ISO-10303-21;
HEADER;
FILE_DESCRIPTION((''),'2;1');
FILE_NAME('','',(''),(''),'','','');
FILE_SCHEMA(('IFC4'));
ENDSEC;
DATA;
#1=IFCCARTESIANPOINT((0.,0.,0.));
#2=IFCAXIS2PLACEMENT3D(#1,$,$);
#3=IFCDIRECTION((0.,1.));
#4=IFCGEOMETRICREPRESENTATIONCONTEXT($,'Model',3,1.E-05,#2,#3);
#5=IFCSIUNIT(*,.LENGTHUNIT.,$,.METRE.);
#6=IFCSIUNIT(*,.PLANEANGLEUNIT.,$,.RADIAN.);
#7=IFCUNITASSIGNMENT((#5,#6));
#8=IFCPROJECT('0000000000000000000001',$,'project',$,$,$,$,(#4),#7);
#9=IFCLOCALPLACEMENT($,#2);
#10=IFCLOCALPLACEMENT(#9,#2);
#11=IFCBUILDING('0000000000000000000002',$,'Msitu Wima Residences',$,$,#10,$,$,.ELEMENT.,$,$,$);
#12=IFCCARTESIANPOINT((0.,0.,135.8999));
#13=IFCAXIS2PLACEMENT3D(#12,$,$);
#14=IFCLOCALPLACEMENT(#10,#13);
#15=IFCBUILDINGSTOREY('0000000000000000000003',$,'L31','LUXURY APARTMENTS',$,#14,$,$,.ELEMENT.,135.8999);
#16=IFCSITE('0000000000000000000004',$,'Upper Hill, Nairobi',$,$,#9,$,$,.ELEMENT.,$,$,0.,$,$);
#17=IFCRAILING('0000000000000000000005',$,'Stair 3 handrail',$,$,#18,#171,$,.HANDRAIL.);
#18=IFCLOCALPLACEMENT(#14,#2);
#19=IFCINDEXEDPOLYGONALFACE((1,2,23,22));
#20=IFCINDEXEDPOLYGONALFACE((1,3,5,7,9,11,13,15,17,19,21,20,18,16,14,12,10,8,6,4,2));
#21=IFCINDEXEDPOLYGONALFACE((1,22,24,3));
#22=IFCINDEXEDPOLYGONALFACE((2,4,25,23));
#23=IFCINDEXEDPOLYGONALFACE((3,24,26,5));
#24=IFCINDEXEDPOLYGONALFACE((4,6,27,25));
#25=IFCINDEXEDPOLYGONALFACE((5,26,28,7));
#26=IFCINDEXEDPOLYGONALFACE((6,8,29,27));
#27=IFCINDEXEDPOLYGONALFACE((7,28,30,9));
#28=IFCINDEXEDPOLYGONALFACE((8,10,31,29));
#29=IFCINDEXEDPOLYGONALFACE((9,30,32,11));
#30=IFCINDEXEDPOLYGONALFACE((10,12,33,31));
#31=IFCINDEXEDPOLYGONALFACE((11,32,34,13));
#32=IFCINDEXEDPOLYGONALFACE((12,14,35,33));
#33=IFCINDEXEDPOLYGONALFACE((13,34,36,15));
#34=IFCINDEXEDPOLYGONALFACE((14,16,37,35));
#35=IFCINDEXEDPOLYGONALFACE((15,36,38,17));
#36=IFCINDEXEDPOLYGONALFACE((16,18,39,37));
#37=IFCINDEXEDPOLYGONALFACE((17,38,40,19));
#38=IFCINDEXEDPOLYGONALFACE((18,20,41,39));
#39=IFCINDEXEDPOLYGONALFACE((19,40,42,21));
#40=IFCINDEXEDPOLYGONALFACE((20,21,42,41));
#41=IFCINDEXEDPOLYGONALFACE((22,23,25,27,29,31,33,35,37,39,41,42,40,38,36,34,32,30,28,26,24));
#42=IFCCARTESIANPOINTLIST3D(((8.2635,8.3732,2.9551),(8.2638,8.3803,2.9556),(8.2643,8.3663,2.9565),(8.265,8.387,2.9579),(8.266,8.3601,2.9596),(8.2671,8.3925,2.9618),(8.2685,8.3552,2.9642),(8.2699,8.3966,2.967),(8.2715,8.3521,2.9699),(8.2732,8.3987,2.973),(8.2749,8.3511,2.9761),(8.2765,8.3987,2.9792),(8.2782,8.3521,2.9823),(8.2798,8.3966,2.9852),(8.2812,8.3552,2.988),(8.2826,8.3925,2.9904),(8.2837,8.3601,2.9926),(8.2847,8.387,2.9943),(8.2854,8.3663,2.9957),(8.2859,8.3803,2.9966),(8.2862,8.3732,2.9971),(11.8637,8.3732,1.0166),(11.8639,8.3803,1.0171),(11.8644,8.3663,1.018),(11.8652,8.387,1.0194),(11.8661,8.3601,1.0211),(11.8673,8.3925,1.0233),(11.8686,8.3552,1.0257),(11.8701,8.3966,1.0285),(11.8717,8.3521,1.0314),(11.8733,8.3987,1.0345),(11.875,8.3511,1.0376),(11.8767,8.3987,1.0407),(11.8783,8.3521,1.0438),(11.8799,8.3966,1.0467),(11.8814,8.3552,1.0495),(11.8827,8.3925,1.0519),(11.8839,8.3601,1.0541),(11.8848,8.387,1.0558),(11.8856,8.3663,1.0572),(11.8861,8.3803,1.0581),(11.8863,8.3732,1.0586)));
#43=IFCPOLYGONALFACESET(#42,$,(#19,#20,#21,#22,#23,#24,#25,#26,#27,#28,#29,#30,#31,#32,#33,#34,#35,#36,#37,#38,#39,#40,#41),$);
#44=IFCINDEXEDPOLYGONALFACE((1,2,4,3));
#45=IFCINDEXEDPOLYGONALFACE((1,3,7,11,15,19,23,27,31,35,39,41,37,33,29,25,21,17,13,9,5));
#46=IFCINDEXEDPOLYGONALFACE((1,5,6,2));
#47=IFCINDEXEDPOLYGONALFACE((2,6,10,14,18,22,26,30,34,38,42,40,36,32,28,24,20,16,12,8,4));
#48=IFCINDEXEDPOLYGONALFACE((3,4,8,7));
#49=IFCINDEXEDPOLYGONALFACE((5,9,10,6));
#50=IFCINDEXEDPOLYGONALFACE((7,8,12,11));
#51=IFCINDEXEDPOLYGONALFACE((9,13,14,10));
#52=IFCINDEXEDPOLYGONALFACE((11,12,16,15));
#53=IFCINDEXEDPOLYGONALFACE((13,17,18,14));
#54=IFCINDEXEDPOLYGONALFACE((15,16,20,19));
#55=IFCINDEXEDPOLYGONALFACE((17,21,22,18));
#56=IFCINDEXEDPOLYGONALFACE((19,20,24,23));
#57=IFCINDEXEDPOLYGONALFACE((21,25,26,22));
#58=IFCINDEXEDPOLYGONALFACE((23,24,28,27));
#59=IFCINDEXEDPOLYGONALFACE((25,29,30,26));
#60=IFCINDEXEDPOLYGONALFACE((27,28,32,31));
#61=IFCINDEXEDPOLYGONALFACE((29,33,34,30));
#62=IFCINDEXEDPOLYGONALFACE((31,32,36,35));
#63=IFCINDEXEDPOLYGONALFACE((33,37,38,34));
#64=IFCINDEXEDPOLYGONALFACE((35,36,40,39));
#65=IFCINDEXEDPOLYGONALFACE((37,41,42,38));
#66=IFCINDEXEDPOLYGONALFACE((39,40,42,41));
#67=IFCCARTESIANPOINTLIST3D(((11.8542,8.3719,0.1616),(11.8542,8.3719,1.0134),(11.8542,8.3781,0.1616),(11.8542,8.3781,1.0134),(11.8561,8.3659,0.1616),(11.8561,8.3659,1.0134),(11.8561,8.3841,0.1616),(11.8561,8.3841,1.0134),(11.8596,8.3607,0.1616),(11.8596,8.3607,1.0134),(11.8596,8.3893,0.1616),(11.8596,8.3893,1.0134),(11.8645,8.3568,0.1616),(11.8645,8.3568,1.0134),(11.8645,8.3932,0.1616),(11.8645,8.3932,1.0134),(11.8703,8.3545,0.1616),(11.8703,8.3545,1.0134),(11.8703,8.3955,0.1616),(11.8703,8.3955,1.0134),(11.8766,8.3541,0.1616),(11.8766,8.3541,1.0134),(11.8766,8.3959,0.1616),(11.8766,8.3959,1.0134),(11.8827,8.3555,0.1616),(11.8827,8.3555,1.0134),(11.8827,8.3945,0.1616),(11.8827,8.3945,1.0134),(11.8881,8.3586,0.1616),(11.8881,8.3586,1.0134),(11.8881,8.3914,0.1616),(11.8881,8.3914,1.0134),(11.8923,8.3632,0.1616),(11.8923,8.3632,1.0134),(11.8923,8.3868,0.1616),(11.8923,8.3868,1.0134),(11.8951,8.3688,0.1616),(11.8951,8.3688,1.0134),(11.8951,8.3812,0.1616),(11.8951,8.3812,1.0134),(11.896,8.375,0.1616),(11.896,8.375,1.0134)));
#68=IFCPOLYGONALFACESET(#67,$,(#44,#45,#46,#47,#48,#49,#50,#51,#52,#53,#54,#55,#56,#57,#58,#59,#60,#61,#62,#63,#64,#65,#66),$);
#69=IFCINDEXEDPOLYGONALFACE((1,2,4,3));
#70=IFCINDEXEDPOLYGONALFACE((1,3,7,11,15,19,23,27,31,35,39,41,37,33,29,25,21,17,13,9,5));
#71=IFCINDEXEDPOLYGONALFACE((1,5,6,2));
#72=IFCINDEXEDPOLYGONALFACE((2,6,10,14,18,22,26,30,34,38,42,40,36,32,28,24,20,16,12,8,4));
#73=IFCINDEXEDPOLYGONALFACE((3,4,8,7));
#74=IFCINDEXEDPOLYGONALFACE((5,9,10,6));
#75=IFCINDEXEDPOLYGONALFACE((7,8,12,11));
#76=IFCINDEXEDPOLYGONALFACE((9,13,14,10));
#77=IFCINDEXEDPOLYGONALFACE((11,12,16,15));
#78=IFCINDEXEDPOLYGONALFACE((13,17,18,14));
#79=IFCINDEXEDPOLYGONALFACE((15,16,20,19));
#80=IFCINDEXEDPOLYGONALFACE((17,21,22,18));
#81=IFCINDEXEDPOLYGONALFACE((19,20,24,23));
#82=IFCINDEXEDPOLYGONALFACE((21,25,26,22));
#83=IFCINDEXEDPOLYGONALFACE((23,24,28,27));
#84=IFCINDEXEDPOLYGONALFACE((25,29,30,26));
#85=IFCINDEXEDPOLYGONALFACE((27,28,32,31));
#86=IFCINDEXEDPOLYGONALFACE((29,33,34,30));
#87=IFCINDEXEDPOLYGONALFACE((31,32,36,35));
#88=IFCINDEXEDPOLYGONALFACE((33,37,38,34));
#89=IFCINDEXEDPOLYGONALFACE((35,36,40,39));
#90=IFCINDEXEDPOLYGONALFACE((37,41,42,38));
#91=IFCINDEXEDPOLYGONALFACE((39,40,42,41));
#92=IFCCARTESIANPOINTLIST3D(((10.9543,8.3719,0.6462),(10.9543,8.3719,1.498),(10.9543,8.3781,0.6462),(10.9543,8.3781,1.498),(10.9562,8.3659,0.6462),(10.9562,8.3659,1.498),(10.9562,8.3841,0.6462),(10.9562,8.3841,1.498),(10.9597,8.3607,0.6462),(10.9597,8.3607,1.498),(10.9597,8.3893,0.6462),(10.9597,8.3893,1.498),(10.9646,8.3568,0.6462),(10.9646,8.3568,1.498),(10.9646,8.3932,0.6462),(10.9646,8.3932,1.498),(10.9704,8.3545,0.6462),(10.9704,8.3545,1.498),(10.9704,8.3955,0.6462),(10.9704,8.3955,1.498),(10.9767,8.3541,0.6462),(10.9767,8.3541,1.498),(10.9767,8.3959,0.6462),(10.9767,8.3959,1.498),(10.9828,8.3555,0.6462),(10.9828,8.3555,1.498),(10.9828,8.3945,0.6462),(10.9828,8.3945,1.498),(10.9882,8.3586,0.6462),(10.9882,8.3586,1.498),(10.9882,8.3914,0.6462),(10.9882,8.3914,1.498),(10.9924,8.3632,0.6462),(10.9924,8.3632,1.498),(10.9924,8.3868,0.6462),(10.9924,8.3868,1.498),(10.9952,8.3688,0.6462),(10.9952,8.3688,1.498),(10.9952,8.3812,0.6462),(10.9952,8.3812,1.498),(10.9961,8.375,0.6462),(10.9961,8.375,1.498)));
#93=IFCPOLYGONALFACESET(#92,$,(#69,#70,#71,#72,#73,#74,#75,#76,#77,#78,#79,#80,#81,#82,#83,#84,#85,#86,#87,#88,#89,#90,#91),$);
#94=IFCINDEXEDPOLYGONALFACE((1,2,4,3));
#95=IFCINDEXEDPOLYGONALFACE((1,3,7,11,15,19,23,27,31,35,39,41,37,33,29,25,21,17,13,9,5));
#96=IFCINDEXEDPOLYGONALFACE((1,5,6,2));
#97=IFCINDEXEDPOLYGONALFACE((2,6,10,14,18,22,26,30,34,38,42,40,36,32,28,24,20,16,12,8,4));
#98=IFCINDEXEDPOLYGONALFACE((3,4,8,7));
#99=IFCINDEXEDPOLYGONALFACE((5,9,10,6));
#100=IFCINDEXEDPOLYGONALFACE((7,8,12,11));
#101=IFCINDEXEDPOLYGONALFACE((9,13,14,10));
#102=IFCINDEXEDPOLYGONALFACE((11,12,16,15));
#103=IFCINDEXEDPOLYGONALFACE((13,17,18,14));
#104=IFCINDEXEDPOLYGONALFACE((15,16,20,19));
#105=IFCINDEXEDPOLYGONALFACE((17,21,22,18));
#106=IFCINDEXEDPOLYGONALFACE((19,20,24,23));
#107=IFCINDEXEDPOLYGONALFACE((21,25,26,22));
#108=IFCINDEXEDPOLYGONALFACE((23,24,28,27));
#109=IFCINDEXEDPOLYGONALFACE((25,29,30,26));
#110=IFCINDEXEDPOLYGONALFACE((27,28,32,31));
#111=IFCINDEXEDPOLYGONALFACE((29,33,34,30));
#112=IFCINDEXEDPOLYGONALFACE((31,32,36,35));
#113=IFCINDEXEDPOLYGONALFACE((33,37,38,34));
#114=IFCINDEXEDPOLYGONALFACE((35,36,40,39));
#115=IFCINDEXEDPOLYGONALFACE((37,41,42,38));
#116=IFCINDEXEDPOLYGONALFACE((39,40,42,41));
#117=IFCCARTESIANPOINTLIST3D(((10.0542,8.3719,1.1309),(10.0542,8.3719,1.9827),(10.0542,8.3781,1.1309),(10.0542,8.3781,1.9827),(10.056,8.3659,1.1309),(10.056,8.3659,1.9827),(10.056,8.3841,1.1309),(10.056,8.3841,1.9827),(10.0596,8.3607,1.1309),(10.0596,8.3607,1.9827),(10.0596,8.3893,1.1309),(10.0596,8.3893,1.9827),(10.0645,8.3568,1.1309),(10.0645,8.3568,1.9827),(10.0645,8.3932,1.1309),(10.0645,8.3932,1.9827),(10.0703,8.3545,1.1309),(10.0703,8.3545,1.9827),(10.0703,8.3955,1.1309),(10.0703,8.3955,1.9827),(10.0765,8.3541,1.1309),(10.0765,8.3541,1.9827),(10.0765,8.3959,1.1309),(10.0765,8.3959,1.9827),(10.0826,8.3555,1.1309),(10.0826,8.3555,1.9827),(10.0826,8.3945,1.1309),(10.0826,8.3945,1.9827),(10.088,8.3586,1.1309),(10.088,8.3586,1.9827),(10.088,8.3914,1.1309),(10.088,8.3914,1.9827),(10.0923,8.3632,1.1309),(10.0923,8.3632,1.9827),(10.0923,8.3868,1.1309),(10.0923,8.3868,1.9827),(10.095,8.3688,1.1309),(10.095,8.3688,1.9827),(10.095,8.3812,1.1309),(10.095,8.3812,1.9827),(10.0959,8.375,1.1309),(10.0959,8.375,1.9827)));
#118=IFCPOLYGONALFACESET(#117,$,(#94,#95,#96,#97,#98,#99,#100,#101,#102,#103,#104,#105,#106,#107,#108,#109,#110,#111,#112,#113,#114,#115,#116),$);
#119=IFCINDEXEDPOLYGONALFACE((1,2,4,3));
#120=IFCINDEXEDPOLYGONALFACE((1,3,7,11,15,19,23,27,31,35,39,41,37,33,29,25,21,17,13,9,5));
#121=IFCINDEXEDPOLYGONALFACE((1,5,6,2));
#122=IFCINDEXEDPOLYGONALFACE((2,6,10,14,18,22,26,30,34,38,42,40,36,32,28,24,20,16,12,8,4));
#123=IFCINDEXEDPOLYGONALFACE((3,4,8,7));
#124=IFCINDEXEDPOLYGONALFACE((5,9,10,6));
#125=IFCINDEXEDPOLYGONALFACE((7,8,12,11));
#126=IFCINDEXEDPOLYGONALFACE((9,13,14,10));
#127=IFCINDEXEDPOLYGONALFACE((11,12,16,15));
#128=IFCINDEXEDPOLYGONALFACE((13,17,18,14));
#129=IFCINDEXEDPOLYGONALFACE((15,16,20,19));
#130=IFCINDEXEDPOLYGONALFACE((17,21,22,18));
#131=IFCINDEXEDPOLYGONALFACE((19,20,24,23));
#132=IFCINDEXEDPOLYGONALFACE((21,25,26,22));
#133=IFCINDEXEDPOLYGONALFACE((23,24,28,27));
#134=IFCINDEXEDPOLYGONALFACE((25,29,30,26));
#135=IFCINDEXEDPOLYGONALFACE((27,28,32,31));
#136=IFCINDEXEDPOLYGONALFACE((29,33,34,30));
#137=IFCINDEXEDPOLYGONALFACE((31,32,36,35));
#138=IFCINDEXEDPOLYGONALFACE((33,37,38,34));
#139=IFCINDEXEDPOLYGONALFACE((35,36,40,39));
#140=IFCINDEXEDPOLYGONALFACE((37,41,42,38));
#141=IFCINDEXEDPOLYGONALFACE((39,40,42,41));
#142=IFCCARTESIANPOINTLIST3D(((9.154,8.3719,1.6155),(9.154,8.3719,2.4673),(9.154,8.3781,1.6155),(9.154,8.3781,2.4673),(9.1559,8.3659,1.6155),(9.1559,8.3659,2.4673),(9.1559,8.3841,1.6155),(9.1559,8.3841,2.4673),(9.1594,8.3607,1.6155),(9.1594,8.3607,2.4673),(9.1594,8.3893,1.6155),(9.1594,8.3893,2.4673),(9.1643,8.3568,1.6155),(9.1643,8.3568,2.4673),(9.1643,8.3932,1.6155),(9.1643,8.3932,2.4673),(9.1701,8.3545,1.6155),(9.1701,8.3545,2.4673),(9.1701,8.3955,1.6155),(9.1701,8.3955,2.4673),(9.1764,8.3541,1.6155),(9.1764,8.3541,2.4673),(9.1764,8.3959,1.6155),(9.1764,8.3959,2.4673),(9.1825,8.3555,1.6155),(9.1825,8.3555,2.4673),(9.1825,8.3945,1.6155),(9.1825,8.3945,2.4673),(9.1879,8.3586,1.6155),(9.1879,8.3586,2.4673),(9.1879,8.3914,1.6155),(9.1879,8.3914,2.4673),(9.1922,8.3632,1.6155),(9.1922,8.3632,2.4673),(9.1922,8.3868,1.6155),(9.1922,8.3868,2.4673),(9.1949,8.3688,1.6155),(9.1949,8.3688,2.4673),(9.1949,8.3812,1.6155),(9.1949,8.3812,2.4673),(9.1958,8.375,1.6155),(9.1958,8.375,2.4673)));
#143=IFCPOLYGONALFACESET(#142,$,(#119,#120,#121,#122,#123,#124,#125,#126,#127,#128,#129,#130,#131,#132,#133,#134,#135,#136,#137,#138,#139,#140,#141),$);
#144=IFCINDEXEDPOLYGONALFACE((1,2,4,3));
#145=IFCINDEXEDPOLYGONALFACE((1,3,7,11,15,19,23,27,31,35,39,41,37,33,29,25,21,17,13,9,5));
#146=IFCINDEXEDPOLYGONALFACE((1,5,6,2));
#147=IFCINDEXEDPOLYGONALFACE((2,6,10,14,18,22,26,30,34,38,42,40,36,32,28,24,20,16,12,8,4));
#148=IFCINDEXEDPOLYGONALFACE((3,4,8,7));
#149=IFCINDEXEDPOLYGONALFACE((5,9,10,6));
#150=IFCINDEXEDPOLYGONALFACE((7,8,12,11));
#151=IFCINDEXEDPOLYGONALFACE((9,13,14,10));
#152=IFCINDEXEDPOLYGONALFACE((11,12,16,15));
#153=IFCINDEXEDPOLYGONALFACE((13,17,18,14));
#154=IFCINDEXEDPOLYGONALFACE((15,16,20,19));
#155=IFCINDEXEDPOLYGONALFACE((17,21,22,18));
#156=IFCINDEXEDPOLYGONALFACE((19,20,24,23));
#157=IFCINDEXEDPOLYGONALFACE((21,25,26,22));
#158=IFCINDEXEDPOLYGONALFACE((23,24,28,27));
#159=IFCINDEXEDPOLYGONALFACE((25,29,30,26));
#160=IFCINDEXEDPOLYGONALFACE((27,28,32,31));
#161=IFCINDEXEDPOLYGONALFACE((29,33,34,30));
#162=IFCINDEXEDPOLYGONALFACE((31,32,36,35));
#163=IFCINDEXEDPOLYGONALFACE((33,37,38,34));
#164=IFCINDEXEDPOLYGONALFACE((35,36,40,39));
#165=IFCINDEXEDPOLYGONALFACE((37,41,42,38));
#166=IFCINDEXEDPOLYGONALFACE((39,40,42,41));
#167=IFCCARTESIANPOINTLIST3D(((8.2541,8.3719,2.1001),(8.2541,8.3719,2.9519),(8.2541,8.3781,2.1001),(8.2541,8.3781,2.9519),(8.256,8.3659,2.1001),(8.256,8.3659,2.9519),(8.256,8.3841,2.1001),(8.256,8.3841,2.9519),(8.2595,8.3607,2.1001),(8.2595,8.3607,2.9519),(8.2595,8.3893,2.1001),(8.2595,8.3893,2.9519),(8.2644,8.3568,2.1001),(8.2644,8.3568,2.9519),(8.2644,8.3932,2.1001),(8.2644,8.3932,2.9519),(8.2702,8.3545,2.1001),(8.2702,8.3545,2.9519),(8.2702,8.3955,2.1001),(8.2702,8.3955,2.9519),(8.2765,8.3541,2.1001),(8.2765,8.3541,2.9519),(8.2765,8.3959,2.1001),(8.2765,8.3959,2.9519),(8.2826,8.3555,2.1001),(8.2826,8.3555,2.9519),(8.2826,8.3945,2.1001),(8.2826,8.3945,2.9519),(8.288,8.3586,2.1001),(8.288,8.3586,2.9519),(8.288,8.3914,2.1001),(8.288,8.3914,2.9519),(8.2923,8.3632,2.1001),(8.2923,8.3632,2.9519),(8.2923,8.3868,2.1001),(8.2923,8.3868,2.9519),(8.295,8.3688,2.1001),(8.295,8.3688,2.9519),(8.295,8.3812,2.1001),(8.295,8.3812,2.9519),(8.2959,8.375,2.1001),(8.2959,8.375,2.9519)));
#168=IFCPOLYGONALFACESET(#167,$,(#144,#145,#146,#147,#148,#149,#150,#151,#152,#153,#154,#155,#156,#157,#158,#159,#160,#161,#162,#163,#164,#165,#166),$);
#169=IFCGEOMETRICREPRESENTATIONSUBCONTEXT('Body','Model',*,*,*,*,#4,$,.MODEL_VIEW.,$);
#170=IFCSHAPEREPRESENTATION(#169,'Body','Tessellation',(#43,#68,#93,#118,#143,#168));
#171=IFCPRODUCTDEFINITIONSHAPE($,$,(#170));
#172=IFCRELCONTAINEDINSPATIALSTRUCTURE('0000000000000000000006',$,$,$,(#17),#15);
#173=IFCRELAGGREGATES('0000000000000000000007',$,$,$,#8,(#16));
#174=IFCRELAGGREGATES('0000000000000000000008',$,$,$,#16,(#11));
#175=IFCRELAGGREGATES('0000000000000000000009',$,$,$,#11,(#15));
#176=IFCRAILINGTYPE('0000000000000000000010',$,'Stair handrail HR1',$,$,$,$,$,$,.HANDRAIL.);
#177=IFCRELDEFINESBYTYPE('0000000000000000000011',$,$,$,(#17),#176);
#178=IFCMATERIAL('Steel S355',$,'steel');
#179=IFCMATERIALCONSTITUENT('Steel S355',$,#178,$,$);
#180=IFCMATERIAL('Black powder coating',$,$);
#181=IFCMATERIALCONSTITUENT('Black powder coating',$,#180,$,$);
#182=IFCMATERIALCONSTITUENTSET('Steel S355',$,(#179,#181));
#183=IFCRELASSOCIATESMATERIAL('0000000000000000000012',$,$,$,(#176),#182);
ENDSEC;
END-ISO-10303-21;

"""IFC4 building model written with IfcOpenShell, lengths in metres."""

from ifc_helpers import new_model, si_unit, direction, frame, origin, origin_2d, place, context, subcontext, project, spatial, circle, extrude, material, constituent, constituent_set, type_object, element, save


model = new_model("IFC4")

# Units and contexts
model_context = context("Model", 3, precision=1e-05, world=origin(), true_north=direction((0.0, 1.0)))
body_context = subcontext(model_context, "Body", "Model", "MODEL_VIEW")
ifc_project = project(units=[si_unit("LENGTHUNIT", "METRE"), si_unit("PLANEANGLEUNIT", "RADIAN")], contexts=[model_context])

# Site, building, storey
site_placement = place(None, origin())
site = spatial("IfcSite", under=ifc_project, at=site_placement, Name="Upper Hill, Nairobi", CompositionType="ELEMENT", RefElevation=0.0)
building_placement = place(site_placement, origin())
building = spatial("IfcBuilding", under=site, at=building_placement, Name="Msitu Wima Residences", CompositionType="ELEMENT")
storey_placement = place(building_placement, frame((0.0, 0.0, 135.8999)))
storey = spatial("IfcBuildingStorey", under=building, at=storey_placement, Name="L31", Description="LUXURY APARTMENTS", CompositionType="ELEMENT", Elevation=135.8999)

# Railing
ifc_material_1 = material(Name="Steel S355", Category="steel")
ifc_constituent_1 = constituent(ifc_material_1, Name="Steel S355")
ifc_material_2 = material(Name="Black powder coating")
ifc_constituent_2 = constituent(ifc_material_2, Name="Black powder coating")
ifc_constituent_set = constituent_set(constituents=[ifc_constituent_1, ifc_constituent_2], Name="Steel S355")
railing_type = type_object("IfcRailingType", Name="Stair handrail HR1", PredefinedType="HANDRAIL", material=ifc_constituent_set)
for number, where, name in (
    (1, (11.875, 8.375, 0.1616), "Stair 3 handrail"),
):
    element("IfcRailing", number, at=place(storey_placement, frame(where)), inside=storey, type_object=railing_type, Name=name, PredefinedType="HANDRAIL", context=body_context, shape_type="SweptSolid", body=[
        extrude(circle(Radius=0.0239, at=origin_2d()), frame((0.0, 0.0, 0.876), z_axis=(-0.880475, 0.0, 0.474093), x_axis=(0.0, -1.0, 0.0)), (0.0, 0.0, 1.0), 4.0889),
        extrude(circle(Radius=0.021, at=origin_2d()), origin(), (0.0, 0.0, 1.0), 0.8518),
        extrude(circle(Radius=0.021, at=origin_2d()), frame((-0.8999, 0.0, 0.4846)), (0.0, 0.0, 1.0), 0.8518),
        extrude(circle(Radius=0.021, at=origin_2d()), frame((-1.8, 0.0, 0.9692)), (0.0, 0.0, 1.0), 0.8518),
        extrude(circle(Radius=0.021, at=origin_2d()), frame((-2.7002, 0.0, 1.4539)), (0.0, 0.0, 1.0), 0.8518),
        extrude(circle(Radius=0.021, at=origin_2d()), frame((-3.6001, 0.0, 1.9385)), (0.0, 0.0, 1.0), 0.8518),
    ])

save(model, "model.ifc")
